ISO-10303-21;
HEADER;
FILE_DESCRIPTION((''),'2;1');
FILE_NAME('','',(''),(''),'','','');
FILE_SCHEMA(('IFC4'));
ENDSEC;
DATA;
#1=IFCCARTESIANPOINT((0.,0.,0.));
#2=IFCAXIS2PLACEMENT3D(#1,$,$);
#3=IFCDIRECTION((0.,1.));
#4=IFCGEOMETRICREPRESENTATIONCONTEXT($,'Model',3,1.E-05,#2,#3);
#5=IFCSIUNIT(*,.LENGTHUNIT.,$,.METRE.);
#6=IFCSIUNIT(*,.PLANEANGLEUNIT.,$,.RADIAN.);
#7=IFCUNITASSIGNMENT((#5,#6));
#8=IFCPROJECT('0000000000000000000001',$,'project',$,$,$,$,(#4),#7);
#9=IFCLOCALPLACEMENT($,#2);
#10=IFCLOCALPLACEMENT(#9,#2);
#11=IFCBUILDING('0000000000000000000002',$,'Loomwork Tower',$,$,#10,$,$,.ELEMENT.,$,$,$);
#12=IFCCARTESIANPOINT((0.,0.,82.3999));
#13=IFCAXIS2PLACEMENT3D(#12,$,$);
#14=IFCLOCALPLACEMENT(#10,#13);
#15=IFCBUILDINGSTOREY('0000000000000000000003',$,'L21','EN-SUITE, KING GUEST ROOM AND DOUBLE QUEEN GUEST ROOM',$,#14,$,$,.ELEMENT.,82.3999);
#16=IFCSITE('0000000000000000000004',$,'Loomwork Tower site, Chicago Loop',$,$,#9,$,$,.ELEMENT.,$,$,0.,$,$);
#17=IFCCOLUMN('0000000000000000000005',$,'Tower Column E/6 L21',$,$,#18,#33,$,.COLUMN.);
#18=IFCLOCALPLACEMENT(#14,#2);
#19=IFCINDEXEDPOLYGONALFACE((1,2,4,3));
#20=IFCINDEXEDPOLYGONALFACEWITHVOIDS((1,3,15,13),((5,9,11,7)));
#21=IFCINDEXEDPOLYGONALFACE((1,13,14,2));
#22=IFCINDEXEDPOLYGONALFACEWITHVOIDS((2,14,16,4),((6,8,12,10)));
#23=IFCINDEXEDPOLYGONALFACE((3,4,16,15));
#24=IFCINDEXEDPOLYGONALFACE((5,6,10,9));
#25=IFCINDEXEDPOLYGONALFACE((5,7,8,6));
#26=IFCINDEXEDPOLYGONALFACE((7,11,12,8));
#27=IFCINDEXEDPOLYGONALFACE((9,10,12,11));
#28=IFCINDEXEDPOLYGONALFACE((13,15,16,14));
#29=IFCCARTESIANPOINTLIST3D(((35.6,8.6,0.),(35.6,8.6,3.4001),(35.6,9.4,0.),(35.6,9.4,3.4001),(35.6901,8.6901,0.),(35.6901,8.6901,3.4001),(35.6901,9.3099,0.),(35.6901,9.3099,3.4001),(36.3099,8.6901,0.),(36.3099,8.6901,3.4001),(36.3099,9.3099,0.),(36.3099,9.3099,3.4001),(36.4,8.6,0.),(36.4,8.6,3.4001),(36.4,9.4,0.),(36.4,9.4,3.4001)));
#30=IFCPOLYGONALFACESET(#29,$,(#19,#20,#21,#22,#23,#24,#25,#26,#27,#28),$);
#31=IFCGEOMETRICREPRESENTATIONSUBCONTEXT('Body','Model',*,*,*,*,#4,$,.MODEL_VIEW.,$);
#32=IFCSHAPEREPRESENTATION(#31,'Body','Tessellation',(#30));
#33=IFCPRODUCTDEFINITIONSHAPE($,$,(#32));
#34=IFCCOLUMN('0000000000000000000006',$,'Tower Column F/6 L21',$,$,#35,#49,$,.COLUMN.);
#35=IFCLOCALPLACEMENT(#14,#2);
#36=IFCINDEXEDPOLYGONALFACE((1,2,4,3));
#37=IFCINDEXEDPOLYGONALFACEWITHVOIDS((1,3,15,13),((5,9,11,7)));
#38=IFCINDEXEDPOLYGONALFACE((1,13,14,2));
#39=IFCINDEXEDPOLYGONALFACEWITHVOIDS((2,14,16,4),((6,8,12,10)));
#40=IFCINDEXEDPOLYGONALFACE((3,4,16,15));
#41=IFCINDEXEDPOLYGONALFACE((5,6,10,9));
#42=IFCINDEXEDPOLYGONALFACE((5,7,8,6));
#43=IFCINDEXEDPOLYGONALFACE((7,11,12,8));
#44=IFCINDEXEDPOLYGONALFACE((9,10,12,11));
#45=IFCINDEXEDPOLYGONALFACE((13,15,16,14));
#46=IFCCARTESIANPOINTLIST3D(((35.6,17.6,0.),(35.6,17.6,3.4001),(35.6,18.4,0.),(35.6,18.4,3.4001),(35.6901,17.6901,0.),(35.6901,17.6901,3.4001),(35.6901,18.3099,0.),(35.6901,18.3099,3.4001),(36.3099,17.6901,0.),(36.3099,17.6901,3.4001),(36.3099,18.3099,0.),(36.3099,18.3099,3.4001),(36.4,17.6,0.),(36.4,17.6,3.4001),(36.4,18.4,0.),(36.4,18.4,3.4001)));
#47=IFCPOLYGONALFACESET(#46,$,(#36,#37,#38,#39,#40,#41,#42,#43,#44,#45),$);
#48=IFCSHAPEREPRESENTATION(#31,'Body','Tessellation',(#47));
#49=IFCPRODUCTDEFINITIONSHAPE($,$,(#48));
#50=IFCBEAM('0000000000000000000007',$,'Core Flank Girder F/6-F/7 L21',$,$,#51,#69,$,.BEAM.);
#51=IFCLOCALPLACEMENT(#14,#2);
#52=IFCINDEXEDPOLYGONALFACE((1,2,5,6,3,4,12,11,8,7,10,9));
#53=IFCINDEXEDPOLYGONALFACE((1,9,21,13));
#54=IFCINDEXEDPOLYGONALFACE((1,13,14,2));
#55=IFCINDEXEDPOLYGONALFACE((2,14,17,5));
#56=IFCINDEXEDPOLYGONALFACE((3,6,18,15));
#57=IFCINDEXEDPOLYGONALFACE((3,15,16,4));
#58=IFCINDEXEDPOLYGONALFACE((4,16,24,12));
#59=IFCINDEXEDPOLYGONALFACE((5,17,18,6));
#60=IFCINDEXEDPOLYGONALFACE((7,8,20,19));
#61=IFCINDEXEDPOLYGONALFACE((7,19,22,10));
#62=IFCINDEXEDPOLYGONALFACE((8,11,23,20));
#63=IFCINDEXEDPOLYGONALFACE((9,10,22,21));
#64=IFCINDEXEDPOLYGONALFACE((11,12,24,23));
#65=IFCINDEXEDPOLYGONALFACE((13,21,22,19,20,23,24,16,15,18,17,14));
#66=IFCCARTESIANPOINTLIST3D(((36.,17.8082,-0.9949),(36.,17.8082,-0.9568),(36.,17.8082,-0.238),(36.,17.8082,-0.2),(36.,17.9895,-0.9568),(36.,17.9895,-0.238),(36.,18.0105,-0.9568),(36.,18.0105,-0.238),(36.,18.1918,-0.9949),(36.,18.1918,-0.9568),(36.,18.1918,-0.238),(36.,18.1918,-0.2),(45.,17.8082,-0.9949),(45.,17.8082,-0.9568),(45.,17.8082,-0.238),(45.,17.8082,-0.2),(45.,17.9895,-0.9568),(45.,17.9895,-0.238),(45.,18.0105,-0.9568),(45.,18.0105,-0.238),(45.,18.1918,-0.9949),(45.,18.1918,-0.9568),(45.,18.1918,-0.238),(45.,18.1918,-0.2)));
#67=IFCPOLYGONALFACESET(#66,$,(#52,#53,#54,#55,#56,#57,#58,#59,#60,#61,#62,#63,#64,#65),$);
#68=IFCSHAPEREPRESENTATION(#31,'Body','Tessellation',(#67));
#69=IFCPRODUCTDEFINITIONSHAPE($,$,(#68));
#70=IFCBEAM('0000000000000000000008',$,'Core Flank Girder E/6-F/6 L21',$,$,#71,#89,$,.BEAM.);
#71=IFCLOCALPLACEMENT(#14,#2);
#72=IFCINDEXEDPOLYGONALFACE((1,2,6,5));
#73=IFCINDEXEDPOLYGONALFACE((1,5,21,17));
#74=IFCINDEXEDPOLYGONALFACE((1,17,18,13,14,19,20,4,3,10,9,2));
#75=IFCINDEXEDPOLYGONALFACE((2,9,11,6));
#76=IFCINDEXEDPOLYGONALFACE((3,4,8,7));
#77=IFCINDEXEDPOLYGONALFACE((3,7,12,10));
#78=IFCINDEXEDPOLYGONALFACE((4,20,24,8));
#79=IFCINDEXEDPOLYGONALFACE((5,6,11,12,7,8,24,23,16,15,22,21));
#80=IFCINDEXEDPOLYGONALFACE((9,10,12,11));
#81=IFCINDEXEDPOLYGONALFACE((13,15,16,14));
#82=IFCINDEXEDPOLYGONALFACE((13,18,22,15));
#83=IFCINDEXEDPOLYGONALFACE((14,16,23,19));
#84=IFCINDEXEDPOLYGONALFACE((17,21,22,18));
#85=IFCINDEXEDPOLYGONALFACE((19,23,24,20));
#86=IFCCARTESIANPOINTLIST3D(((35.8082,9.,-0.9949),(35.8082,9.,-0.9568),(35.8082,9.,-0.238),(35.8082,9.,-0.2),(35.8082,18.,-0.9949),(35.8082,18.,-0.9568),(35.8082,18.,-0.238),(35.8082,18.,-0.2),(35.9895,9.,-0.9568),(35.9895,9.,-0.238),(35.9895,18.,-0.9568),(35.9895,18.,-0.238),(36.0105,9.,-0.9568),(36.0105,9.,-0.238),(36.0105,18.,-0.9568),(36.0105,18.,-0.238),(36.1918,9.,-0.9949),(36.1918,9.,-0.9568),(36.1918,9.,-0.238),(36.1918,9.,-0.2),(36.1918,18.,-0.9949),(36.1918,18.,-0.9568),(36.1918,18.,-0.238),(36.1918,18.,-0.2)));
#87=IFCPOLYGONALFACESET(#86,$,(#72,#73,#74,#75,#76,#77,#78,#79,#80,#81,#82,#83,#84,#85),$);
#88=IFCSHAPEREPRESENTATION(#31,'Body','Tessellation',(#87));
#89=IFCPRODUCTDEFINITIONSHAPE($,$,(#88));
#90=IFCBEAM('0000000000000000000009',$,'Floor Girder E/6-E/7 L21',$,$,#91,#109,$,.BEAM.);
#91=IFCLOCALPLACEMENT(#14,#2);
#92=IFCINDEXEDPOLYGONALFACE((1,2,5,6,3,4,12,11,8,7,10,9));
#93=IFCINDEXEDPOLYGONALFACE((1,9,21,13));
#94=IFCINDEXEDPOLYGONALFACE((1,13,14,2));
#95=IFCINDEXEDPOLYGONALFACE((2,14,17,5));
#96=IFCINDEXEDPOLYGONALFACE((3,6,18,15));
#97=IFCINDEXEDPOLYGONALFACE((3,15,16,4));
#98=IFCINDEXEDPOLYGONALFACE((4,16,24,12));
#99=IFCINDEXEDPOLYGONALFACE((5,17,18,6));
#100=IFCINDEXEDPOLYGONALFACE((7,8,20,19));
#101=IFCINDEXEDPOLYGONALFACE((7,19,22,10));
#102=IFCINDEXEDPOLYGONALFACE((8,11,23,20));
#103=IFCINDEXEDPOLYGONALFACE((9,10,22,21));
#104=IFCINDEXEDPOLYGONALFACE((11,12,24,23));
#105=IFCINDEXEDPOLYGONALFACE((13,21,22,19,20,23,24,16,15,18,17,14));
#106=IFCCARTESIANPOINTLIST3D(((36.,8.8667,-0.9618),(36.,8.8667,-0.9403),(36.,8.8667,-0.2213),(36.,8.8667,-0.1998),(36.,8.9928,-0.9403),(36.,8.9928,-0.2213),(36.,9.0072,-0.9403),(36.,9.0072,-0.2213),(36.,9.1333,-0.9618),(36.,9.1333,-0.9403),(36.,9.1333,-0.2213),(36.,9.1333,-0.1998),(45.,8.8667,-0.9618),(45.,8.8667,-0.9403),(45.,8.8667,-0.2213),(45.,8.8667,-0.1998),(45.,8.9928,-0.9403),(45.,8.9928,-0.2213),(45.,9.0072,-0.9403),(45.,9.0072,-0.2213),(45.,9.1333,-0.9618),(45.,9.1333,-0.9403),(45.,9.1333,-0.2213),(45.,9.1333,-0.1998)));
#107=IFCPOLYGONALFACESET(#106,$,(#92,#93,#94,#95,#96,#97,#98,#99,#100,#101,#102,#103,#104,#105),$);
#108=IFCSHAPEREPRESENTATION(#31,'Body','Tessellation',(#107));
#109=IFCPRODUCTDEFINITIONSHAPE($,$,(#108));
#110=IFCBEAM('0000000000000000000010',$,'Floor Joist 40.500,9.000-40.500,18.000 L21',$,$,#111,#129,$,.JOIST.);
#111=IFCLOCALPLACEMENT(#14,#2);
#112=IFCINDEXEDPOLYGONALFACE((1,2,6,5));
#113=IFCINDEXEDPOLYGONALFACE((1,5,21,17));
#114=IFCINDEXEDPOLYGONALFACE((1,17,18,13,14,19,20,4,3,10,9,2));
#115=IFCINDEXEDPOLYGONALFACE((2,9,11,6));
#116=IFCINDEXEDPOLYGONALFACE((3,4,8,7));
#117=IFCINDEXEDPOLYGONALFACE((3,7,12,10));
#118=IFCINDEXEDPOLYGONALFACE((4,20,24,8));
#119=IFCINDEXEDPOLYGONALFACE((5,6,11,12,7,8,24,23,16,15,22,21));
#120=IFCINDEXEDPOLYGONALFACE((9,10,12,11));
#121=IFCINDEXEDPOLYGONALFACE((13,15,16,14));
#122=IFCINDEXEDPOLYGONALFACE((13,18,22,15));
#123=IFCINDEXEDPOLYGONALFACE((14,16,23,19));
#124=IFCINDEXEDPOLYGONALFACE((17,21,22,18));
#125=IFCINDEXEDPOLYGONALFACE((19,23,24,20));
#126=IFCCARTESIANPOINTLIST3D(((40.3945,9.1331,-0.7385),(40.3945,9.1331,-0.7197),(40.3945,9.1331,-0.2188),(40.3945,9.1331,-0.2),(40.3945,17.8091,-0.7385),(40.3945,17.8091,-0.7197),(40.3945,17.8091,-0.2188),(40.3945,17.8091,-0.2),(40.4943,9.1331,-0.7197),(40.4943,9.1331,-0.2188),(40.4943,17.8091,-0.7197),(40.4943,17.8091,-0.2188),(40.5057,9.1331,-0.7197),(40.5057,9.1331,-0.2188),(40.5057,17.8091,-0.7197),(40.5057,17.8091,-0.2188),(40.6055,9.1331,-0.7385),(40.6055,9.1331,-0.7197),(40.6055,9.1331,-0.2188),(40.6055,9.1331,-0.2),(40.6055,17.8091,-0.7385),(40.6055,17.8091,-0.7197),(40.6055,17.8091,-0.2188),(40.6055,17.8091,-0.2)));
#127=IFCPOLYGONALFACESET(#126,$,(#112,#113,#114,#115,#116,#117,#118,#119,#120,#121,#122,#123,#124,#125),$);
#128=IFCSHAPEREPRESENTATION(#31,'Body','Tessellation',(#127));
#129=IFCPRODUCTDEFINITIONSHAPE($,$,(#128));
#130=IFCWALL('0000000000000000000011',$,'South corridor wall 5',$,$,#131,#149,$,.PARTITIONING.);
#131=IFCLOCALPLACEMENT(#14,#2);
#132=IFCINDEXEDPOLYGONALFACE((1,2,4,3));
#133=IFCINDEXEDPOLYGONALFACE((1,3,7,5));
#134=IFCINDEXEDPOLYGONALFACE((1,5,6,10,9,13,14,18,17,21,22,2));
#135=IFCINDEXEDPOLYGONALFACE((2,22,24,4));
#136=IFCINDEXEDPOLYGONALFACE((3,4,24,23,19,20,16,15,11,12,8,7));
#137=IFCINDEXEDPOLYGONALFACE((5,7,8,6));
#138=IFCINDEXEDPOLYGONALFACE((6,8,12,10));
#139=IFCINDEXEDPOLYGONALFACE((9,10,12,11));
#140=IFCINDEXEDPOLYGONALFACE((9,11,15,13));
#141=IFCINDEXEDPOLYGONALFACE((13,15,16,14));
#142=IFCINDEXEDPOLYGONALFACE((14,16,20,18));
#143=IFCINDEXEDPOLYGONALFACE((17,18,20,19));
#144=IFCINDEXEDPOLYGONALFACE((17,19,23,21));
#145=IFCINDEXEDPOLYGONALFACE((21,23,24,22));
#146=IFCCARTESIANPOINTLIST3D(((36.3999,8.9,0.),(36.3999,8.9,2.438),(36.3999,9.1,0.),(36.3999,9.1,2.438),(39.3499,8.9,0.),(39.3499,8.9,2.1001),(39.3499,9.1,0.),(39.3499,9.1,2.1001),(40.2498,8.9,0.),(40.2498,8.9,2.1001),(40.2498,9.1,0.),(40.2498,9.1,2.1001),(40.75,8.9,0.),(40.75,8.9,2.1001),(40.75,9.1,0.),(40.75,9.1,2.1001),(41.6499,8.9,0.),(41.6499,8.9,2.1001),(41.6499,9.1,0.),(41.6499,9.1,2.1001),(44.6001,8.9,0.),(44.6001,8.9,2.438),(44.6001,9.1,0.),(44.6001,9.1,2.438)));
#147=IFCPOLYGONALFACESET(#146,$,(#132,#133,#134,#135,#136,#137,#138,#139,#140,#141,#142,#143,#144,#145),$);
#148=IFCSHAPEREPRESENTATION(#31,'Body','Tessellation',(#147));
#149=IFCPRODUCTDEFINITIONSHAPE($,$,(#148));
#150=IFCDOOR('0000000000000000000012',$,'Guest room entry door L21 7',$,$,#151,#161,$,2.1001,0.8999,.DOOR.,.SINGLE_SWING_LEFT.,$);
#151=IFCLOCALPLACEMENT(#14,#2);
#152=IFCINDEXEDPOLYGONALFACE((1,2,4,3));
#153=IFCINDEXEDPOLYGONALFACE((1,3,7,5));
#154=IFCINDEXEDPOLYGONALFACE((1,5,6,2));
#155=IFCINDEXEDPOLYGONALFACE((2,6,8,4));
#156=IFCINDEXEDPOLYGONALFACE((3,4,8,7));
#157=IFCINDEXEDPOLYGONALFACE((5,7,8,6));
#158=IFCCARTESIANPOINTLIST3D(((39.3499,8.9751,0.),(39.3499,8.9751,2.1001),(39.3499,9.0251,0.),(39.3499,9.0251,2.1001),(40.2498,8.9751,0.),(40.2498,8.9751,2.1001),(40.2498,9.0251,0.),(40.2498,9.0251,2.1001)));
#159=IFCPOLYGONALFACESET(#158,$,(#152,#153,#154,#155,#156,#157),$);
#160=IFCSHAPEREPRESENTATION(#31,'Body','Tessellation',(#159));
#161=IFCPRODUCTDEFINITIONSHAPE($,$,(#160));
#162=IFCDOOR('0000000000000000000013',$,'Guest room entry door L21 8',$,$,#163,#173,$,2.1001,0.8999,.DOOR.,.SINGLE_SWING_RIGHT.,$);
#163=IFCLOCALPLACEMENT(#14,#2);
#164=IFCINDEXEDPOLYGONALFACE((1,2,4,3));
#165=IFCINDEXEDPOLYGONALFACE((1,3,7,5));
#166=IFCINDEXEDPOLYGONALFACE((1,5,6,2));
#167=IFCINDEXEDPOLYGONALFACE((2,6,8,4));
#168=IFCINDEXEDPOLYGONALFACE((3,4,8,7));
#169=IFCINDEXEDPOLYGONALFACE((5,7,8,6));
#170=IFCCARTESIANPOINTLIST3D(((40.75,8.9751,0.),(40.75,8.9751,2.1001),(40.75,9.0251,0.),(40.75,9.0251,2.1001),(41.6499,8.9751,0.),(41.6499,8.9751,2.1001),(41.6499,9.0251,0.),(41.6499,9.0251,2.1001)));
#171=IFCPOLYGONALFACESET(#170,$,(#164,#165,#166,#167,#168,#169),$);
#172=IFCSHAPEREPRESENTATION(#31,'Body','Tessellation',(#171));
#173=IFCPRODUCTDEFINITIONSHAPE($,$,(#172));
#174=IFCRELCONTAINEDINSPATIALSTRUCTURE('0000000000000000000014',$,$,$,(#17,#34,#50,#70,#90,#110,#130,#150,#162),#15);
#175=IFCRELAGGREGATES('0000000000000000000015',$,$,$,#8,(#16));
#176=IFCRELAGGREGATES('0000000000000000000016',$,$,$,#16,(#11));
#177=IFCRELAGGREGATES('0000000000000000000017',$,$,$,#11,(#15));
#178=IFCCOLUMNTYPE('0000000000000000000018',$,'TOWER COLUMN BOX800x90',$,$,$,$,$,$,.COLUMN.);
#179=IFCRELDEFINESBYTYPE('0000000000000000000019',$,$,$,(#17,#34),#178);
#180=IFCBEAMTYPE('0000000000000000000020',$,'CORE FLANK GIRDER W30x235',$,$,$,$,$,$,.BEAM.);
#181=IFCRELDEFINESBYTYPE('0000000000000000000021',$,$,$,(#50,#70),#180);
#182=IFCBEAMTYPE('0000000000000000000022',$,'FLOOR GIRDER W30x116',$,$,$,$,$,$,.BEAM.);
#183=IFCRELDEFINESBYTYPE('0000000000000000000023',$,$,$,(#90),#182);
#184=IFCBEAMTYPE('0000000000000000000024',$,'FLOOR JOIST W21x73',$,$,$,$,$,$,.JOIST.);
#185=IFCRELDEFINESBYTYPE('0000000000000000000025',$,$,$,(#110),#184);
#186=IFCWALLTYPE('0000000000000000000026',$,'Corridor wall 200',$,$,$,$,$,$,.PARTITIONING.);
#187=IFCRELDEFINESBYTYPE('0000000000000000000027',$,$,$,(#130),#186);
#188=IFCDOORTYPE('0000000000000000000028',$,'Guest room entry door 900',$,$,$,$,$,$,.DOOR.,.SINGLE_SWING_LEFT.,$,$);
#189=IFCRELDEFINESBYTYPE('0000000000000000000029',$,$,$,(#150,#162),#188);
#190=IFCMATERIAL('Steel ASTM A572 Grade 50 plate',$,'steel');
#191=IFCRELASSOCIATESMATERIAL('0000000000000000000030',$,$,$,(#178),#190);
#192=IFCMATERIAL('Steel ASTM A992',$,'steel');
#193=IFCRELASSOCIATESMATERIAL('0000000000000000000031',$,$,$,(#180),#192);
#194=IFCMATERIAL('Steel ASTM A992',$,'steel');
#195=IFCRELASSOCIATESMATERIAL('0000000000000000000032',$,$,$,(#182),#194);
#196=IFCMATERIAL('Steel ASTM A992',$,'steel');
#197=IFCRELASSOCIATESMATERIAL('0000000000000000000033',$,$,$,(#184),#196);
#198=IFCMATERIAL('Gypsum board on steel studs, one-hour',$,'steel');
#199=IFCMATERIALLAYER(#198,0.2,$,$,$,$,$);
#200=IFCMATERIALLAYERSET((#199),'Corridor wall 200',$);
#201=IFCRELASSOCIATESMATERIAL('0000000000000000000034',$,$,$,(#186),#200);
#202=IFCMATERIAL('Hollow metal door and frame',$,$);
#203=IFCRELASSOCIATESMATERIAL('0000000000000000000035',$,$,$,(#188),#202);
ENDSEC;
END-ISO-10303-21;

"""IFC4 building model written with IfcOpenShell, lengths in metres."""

from ifc_helpers import new_model, si_unit, direction, frame, frame_2d, origin, origin_2d, place, context, subcontext, project, spatial, rectangle, hollow_rectangle, i_section, extrude, material, layer, layer_set, material_profile, profile_set, type_object, element, fill, save


model = new_model("IFC4")

# Units and contexts
model_context = context("Model", 3, precision=1e-05, world=origin(), true_north=direction((0.0, 1.0)))
body_context = subcontext(model_context, "Body", "Model", "MODEL_VIEW")
ifc_project = project(units=[si_unit("LENGTHUNIT", "METRE"), si_unit("PLANEANGLEUNIT", "RADIAN")], contexts=[model_context])

# Site, building, storey
site_placement = place(None, origin())
site = spatial("IfcSite", under=ifc_project, at=site_placement, Name="Loomwork Tower site, Chicago Loop", CompositionType="ELEMENT", RefElevation=0.0)
building_placement = place(site_placement, origin())
building = spatial("IfcBuilding", under=site, at=building_placement, Name="Loomwork Tower", CompositionType="ELEMENT")
storey_placement = place(building_placement, frame((0.0, 0.0, 82.3999)))
storey = spatial("IfcBuildingStorey", under=building, at=storey_placement, Name="L21", Description="EN-SUITE, KING GUEST ROOM AND DOUBLE QUEEN GUEST ROOM", CompositionType="ELEMENT", Elevation=82.3999)

# Columns
ifc_material_1 = material(Name="Steel ASTM A572 Grade 50 plate", Category="steel")
ifc_material_profile_1 = material_profile(ifc_material_1, hollow_rectangle(XDim=0.8, YDim=0.8, WallThickness=0.0901, at=origin_2d()), Name="BOX800x90")
ifc_profile_set_1 = profile_set([ifc_material_profile_1], Name="Steel ASTM A572 Grade 50 plate")
column_type = type_object("IfcColumnType", Name="TOWER COLUMN BOX800x90", PredefinedType="COLUMN", material=ifc_profile_set_1)
for number, where, z_axis, x_axis, name in (
    (1, (36.0, 9.0, 0.0), (0.0, 0.0, 1.0), (0.0, 1.0, 0.0), "Tower Column E/6 L21"),
    (2, (36.0, 18.0, 0.0), (0.0, 0.0, 1.0), (0.0, 1.0, 0.0), "Tower Column F/6 L21"),
):
    element("IfcColumn", number, at=place(storey_placement, frame(where, z_axis=z_axis, x_axis=x_axis)), inside=storey, type_object=column_type, Name=name, PredefinedType="COLUMN", context=body_context, shape_type="SweptSolid", body=[
        extrude(hollow_rectangle(XDim=0.8, YDim=0.8, WallThickness=0.0901, at=origin_2d()), origin(), (0.0, 0.0, 1.0), 3.4001),
    ])

# Beams
ifc_material_2 = material(Name="Steel ASTM A992", Category="steel")
ifc_material_profile_2 = material_profile(ifc_material_2, i_section(OverallWidth=0.3835, OverallDepth=0.7949, WebThickness=0.021, FlangeThickness=0.0381, at=origin_2d()), Name="W30x235")
ifc_profile_set_2 = profile_set([ifc_material_profile_2], Name="Steel ASTM A992")
beam_type_1 = type_object("IfcBeamType", Name="CORE FLANK GIRDER W30x235", PredefinedType="BEAM", material=ifc_profile_set_2)
for number, where, z_axis, x_axis, name in (
    (3, (36.0, 18.0, -0.5974), (1.0, 0.0, 0.0), (0.0, 1.0, 0.0), "Core Flank Girder F/6-F/7 L21"),
    (4, (36.0, 9.0, -0.5974), (0.0, 1.0, 0.0), (-1.0, 0.0, 0.0), "Core Flank Girder E/6-F/6 L21"),
):
    element("IfcBeam", number, at=place(storey_placement, frame(where, z_axis=z_axis, x_axis=x_axis)), inside=storey, type_object=beam_type_1, Name=name, PredefinedType="BEAM", context=body_context, shape_type="SweptSolid", body=[
        extrude(i_section(OverallWidth=0.3835, OverallDepth=0.7949, WebThickness=0.021, FlangeThickness=0.0381, at=origin_2d()), origin(), (0.0, 0.0, 1.0), 9.0),
    ])
ifc_material_3 = material(Name="Steel ASTM A992", Category="steel")
ifc_material_profile_3 = material_profile(ifc_material_3, i_section(OverallWidth=0.2666, OverallDepth=0.762, WebThickness=0.0144, FlangeThickness=0.0215, at=origin_2d()), Name="W30x116")
ifc_profile_set_3 = profile_set([ifc_material_profile_3], Name="Steel ASTM A992")
beam_type_2 = type_object("IfcBeamType", Name="FLOOR GIRDER W30x116", PredefinedType="BEAM", material=ifc_profile_set_3)
beam_1_placement = place(storey_placement, frame((36.0, 9.0, -0.5808), z_axis=(1.0, 0.0, 0.0), x_axis=(0.0, 1.0, 0.0)))
element("IfcBeam", 5, at=beam_1_placement, inside=storey, type_object=beam_type_2, Name="Floor Girder E/6-E/7 L21", PredefinedType="BEAM", context=body_context, shape_type="SweptSolid", body=[
    extrude(i_section(OverallWidth=0.2666, OverallDepth=0.762, WebThickness=0.0144, FlangeThickness=0.0215, at=origin_2d()), origin(), (0.0, 0.0, 1.0), 9.0),
])
ifc_material_4 = material(Name="Steel ASTM A992", Category="steel")
ifc_material_profile_4 = material_profile(ifc_material_4, i_section(OverallWidth=0.2109, OverallDepth=0.5386, WebThickness=0.0115, FlangeThickness=0.0188, at=origin_2d()), Name="W21x73")
ifc_profile_set_4 = profile_set([ifc_material_profile_4], Name="Steel ASTM A992")
beam_type_3 = type_object("IfcBeamType", Name="FLOOR JOIST W21x73", PredefinedType="JOIST", material=ifc_profile_set_4)
beam_2_placement = place(storey_placement, frame((40.5, 9.1331, -0.4692), z_axis=(0.0, 1.0, 0.0), x_axis=(-1.0, 0.0, 0.0)))
element("IfcBeam", 6, at=beam_2_placement, inside=storey, type_object=beam_type_3, Name="Floor Joist 40.500,9.000-40.500,18.000 L21", PredefinedType="JOIST", context=body_context, shape_type="SweptSolid", body=[
    extrude(i_section(OverallWidth=0.2109, OverallDepth=0.5386, WebThickness=0.0115, FlangeThickness=0.0188, at=origin_2d()), origin(), (0.0, 0.0, 1.0), 8.676),
])

# Wall, openings, doors
ifc_material_5 = material(Name="Gypsum board on steel studs, one-hour", Category="steel")
ifc_layer_1 = layer(ifc_material_5, 0.2)
ifc_layer_set_1 = layer_set([ifc_layer_1], Name="Corridor wall 200")
wall_type_1 = type_object("IfcWallType", Name="Corridor wall 200", PredefinedType="PARTITIONING", material=ifc_layer_set_1)
wall_1_placement = place(storey_placement, frame((36.3999, 9.0, 0.0), z_axis=(0.0, 0.0, 1.0), x_axis=(1.0, 0.0, 0.0)))
wall_1 = element("IfcWall", 7, at=wall_1_placement, inside=storey, type_object=wall_type_1, Name="South corridor wall 5", PredefinedType="PARTITIONING", context=body_context, shape_type="SweptSolid", body=[
    extrude(rectangle(XDim=8.2002, YDim=0.2, at=frame_2d((4.1001, 0.0))), origin(), (0.0, 0.0, 1.0), 2.438),
])
opening_1_placement = place(wall_1_placement, frame((2.95, 0.0, 0.0)))
opening_1 = element("IfcOpeningElement", 8, at=opening_1_placement, cuts=wall_1, PredefinedType="OPENING", context=body_context, shape_type="SweptSolid", body=[
    extrude(rectangle(XDim=0.8999, YDim=2.1001, at=frame_2d((0.45, 1.05))), frame((0.0, 0.1099, 0.0), z_axis=(0.0, -1.0, 0.0), x_axis=(1.0, 0.0, 0.0)), (0.0, 0.0, 1.0), 0.22),
])
opening_2_placement = place(wall_1_placement, frame((4.3501, 0.0, 0.0)))
opening_2 = element("IfcOpeningElement", 9, at=opening_2_placement, cuts=wall_1, PredefinedType="OPENING", context=body_context, shape_type="SweptSolid", body=[
    extrude(rectangle(XDim=0.8999, YDim=2.1001, at=frame_2d((0.45, 1.05))), frame((0.0, 0.1099, 0.0), z_axis=(0.0, -1.0, 0.0), x_axis=(1.0, 0.0, 0.0)), (0.0, 0.0, 1.0), 0.22),
])
ifc_material_6 = material(Name="Hollow metal door and frame")
door_type_1 = type_object("IfcDoorType", Name="Guest room entry door 900", OperationType="SINGLE_SWING_LEFT", PredefinedType="DOOR", material=ifc_material_6)
door_1_placement = place(opening_1_placement, frame((0.8999, 0.0, 0.0), z_axis=(0.0, 0.0, 1.0), x_axis=(-1.0, 0.0, 0.0)))
door_1 = element("IfcDoor", 10, at=door_1_placement, inside=storey, type_object=door_type_1, Name="Guest room entry door L21 7", OperationType="SINGLE_SWING_LEFT", OverallHeight=2.1001, OverallWidth=0.8999, PredefinedType="DOOR", context=body_context, shape_type="SweptSolid", body=[
    extrude(rectangle(XDim=0.8999, YDim=2.1001, at=frame_2d((0.45, 1.05))), frame((0.0, 0.0249, 0.0), z_axis=(0.0, -1.0, 0.0), x_axis=(1.0, 0.0, 0.0)), (0.0, 0.0, 1.0), 0.05),
])
fill(opening_1, door_1)
door_2_placement = place(opening_2_placement, frame((0.8999, 0.0, 0.0), z_axis=(0.0, 0.0, 1.0), x_axis=(-1.0, 0.0, 0.0)))
door_2 = element("IfcDoor", 11, at=door_2_placement, inside=storey, type_object=door_type_1, Name="Guest room entry door L21 8", OperationType="SINGLE_SWING_RIGHT", OverallHeight=2.1001, OverallWidth=0.8999, PredefinedType="DOOR", context=body_context, shape_type="SweptSolid", body=[
    extrude(rectangle(XDim=0.8999, YDim=2.1001, at=frame_2d((0.45, 1.05))), frame((0.0, 0.0249, 0.0), z_axis=(0.0, -1.0, 0.0), x_axis=(1.0, 0.0, 0.0)), (0.0, 0.0, 1.0), 0.05),
])
fill(opening_2, door_2)

save(model, "model.ifc")
